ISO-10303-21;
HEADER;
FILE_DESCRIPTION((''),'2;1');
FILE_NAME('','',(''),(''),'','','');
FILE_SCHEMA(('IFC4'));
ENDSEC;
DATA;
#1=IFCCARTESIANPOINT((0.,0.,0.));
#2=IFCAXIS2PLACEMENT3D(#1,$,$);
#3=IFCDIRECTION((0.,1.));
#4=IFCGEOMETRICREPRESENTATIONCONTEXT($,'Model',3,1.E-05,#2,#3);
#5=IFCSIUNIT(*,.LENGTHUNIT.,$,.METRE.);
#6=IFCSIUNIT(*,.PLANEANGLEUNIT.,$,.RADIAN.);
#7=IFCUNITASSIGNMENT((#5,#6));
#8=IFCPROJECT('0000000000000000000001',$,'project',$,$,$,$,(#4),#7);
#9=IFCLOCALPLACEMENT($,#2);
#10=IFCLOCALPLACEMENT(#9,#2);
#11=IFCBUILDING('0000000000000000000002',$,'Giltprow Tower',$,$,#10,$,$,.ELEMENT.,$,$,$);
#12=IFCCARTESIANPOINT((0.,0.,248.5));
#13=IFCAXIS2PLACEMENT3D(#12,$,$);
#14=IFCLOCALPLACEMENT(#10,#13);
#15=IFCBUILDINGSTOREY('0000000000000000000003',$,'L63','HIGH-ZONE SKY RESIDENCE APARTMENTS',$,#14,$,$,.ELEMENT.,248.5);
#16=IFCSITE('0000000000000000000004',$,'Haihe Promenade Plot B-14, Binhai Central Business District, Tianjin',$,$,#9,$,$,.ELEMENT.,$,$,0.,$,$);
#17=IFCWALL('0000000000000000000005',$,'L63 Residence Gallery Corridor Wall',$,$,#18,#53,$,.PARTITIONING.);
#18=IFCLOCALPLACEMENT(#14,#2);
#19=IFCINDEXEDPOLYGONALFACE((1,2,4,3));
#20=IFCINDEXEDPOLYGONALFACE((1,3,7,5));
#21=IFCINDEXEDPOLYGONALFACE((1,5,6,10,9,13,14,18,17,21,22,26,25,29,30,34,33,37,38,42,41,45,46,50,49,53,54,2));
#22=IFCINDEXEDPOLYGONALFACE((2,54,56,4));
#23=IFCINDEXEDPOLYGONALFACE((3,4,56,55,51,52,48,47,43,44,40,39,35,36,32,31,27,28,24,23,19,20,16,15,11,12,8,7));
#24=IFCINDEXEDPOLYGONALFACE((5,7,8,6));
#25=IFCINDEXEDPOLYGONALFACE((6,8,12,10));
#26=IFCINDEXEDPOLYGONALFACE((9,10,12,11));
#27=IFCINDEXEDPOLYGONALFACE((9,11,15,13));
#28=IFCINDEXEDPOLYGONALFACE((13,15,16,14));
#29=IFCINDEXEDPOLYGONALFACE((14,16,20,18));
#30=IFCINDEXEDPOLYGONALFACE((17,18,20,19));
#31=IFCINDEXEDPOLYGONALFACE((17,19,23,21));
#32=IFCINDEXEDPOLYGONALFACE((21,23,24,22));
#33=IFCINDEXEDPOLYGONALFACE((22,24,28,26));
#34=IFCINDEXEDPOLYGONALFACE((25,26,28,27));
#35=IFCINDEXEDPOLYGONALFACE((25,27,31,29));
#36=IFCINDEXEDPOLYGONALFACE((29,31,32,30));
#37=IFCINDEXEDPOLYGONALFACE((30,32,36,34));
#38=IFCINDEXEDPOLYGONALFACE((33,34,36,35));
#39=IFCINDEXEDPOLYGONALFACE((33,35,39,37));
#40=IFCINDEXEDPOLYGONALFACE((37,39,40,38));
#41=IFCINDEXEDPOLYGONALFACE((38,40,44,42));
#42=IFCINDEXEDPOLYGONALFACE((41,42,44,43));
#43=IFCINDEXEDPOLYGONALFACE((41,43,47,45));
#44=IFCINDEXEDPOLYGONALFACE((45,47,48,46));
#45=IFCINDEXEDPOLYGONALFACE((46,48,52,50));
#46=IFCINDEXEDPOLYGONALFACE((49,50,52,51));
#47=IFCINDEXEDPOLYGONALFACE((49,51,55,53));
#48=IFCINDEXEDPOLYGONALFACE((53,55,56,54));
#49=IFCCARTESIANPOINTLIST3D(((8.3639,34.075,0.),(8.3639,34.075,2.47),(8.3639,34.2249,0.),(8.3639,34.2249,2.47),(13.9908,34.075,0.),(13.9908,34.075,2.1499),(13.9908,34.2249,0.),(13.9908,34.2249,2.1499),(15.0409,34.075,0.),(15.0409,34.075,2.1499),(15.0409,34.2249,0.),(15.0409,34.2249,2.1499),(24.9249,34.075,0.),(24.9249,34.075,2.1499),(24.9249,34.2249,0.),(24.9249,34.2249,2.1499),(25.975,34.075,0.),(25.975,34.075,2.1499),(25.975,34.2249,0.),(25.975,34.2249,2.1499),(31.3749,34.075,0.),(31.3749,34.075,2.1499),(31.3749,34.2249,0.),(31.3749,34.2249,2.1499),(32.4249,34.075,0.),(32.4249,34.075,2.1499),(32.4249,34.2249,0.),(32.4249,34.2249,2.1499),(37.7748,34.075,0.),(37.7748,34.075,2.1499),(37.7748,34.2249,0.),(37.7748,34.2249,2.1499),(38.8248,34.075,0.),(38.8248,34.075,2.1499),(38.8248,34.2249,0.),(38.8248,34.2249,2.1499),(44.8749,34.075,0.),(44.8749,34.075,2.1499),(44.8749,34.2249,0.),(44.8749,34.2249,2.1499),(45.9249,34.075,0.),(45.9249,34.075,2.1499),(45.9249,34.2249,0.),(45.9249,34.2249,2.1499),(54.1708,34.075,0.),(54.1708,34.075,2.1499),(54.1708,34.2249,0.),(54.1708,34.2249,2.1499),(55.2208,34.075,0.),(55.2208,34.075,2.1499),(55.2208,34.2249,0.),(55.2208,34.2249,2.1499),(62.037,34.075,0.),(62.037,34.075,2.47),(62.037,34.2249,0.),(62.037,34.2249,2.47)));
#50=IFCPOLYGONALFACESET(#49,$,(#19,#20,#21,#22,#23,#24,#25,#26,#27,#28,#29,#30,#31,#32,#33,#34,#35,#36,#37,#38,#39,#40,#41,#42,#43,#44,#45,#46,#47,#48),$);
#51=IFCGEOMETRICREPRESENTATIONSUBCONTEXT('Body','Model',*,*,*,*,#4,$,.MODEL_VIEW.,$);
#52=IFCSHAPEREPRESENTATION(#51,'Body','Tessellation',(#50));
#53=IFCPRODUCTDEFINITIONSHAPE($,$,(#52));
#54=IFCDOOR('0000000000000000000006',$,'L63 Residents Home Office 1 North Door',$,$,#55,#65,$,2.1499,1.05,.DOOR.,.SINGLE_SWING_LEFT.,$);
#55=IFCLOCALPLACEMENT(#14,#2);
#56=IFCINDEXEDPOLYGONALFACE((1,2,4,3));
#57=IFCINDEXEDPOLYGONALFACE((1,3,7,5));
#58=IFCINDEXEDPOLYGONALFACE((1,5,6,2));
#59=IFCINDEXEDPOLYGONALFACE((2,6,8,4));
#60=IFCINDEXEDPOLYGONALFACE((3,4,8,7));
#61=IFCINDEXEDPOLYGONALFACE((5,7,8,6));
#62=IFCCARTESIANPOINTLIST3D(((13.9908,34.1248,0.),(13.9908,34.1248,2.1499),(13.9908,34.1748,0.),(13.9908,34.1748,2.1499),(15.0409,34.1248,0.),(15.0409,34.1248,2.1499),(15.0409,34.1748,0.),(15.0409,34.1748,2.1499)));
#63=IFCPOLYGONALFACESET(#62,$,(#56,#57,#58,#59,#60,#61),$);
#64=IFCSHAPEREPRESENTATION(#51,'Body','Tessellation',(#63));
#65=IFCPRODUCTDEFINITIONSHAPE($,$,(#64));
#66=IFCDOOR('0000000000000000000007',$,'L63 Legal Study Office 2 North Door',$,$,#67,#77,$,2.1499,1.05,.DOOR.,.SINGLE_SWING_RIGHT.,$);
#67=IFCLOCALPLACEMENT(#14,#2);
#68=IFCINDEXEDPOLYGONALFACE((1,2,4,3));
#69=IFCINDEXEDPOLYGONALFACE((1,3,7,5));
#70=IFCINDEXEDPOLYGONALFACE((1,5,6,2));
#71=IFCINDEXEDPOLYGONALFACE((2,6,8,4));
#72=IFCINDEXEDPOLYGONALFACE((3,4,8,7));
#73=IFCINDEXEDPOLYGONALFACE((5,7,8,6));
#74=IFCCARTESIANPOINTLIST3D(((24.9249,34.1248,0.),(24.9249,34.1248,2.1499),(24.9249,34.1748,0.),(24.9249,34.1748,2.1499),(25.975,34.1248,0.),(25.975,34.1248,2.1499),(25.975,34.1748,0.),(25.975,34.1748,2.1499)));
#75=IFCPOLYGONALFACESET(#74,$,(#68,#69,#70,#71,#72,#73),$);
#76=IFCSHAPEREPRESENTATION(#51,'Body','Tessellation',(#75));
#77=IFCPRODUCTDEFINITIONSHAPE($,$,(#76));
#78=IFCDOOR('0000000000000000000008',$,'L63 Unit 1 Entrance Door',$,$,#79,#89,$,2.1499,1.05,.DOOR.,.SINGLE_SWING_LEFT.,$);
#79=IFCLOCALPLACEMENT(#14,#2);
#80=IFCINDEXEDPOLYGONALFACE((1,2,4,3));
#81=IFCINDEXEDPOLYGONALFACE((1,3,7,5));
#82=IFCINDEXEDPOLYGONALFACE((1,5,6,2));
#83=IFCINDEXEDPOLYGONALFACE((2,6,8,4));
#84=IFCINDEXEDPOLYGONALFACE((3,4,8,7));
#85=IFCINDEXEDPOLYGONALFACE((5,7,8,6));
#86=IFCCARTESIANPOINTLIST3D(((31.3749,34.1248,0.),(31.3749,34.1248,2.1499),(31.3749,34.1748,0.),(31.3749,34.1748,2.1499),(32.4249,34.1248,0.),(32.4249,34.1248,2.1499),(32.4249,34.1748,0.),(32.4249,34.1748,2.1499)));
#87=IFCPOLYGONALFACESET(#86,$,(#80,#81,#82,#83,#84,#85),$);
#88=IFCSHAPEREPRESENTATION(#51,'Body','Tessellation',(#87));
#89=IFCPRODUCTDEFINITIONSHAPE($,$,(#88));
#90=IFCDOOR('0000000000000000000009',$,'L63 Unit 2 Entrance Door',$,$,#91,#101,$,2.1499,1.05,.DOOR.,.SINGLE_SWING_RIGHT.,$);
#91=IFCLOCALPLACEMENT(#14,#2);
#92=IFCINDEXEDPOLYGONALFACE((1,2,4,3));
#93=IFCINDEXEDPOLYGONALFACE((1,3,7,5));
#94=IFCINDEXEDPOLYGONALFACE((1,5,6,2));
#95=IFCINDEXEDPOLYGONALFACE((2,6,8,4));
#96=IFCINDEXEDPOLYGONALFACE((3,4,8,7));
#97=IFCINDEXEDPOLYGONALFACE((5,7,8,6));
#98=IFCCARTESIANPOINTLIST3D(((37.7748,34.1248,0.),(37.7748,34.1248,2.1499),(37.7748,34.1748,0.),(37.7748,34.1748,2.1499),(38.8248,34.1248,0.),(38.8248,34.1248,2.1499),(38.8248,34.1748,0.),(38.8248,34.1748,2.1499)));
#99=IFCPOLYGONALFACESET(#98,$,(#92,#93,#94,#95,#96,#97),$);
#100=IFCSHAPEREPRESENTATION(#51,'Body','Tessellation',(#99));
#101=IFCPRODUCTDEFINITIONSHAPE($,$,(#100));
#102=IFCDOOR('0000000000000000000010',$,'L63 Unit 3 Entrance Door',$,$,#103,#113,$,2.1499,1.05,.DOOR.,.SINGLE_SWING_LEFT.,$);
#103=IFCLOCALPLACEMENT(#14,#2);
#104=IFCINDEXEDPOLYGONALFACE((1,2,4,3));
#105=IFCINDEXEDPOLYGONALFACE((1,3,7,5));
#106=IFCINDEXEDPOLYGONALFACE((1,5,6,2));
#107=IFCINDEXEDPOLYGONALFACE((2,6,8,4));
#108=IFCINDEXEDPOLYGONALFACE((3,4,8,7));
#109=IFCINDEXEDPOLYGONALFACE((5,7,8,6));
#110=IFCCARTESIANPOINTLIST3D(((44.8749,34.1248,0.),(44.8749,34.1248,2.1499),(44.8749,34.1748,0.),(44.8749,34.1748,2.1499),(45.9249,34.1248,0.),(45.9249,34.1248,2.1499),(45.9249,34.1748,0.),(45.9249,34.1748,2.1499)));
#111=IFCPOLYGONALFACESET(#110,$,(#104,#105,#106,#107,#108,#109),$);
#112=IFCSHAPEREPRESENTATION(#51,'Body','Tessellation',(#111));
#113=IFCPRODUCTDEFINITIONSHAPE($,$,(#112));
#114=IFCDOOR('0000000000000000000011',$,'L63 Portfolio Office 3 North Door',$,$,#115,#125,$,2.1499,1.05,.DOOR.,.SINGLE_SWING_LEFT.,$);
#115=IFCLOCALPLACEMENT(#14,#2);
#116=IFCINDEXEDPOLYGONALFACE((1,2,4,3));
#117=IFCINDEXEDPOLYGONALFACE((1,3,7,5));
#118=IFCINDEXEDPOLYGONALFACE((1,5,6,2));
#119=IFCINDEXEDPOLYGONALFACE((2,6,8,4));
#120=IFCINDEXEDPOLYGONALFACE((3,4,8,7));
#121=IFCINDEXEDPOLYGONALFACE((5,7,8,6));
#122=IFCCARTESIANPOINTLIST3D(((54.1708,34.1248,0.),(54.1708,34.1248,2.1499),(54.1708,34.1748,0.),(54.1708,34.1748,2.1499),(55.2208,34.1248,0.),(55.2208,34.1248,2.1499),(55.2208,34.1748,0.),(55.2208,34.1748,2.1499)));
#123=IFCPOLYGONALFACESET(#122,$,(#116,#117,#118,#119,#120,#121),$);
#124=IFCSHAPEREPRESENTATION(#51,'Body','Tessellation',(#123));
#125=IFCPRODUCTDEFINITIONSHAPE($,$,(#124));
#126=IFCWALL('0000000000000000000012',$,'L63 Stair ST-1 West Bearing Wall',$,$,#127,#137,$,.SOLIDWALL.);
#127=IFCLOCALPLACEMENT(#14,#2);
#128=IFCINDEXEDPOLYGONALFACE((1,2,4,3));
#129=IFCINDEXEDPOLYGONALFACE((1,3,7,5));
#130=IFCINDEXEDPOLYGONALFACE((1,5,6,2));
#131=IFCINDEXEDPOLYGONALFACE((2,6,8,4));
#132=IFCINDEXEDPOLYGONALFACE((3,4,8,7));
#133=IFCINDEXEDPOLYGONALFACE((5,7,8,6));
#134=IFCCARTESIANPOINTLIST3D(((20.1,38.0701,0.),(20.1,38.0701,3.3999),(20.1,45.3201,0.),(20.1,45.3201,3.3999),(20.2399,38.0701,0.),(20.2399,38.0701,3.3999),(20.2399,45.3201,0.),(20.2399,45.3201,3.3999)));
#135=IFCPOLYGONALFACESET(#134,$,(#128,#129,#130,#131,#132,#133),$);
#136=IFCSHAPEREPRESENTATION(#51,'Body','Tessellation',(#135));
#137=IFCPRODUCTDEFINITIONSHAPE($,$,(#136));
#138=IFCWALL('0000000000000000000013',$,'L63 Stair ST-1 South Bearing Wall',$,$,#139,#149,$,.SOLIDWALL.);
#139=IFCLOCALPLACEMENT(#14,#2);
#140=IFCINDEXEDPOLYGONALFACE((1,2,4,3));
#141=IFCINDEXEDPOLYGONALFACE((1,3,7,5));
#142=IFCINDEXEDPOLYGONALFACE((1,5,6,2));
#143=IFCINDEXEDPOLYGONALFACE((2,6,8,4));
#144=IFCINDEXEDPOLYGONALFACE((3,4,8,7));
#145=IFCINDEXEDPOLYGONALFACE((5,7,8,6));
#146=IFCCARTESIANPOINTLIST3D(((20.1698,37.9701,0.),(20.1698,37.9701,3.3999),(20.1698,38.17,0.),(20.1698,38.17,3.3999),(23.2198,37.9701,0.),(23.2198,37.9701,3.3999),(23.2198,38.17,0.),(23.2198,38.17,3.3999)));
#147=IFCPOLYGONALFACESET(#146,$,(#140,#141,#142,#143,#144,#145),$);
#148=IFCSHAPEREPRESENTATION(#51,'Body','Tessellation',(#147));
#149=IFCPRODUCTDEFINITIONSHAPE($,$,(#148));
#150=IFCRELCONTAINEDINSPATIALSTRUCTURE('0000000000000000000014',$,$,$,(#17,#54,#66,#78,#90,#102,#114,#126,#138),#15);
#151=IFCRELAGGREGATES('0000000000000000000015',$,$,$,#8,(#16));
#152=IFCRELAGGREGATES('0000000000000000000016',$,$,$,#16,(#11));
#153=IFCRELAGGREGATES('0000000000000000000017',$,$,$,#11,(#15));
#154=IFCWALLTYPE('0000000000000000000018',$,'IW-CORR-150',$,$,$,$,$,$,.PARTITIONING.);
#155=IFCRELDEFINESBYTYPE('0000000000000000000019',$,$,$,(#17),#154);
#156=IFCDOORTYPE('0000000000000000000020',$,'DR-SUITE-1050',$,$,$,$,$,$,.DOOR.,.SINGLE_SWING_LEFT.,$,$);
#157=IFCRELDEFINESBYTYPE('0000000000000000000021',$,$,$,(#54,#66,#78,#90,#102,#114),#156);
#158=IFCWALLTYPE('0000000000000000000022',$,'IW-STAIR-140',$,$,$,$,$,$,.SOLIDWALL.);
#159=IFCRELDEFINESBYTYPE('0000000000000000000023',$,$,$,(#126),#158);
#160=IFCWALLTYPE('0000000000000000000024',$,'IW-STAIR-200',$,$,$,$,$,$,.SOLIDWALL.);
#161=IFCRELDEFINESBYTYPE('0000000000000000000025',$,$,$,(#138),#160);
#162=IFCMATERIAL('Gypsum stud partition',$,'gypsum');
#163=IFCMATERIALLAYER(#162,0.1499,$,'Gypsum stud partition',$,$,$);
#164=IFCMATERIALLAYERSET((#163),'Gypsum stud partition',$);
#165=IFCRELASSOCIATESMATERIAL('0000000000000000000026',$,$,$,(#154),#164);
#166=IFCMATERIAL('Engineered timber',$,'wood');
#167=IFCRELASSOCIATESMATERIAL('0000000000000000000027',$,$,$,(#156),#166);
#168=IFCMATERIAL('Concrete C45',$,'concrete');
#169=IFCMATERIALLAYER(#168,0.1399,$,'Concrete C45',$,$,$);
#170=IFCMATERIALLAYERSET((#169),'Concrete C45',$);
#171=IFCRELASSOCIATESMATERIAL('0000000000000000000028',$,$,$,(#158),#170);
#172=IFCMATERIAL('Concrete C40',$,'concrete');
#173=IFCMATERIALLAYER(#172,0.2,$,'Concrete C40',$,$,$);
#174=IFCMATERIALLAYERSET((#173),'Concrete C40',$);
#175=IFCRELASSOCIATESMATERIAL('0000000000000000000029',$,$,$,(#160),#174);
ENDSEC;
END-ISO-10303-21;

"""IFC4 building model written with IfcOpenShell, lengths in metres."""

from ifc_helpers import new_model, si_unit, direction, frame, frame_2d, origin, place, context, subcontext, project, spatial, rectangle, extrude, source, transform, mapped, material, layer, layer_set, type_object, element, fill, save


model = new_model("IFC4")

# Units and contexts
model_context = context("Model", 3, precision=1e-05, world=origin(), true_north=direction((0.0, 1.0)))
body_context = subcontext(model_context, "Body", "Model", "MODEL_VIEW")
ifc_project = project(units=[si_unit("LENGTHUNIT", "METRE"), si_unit("PLANEANGLEUNIT", "RADIAN")], contexts=[model_context])

# Site, building, storey
site_placement = place(None, origin())
site = spatial("IfcSite", under=ifc_project, at=site_placement, Name="Haihe Promenade Plot B-14, Binhai Central Business District, Tianjin", CompositionType="ELEMENT", RefElevation=0.0)
building_placement = place(site_placement, origin())
building = spatial("IfcBuilding", under=site, at=building_placement, Name="Giltprow Tower", CompositionType="ELEMENT")
storey_placement = place(building_placement, frame((0.0, 0.0, 248.5)))
storey = spatial("IfcBuildingStorey", under=building, at=storey_placement, Name="L63", Description="HIGH-ZONE SKY RESIDENCE APARTMENTS", CompositionType="ELEMENT", Elevation=248.5)

# Wall, openings, doors
ifc_material_1 = material(Name="Gypsum stud partition", Category="gypsum")
ifc_layer_1 = layer(ifc_material_1, 0.1499, Name="Gypsum stud partition")
ifc_layer_set_1 = layer_set([ifc_layer_1], Name="Gypsum stud partition")
wall_type_1 = type_object("IfcWallType", Name="IW-CORR-150", PredefinedType="PARTITIONING", material=ifc_layer_set_1)
wall_1_placement = place(storey_placement, frame((8.364, 34.1499, 0.0), z_axis=(0.0, 0.0, 1.0), x_axis=(1.0, 0.0, 0.0)))
wall_1 = element("IfcWall", 1, at=wall_1_placement, inside=storey, type_object=wall_type_1, Name="L63 Residence Gallery Corridor Wall", PredefinedType="PARTITIONING", context=body_context, shape_type="SweptSolid", body=[
    extrude(rectangle(XDim=53.6731, YDim=0.1499, at=frame_2d((26.8364, 0.0))), origin(), (0.0, 0.0, 1.0), 2.47),
])
opening_1_placement = place(wall_1_placement, frame((5.627, 0.0, 0.0)))
opening_1 = element("IfcOpeningElement", 2, at=opening_1_placement, cuts=wall_1, PredefinedType="OPENING", context=body_context, shape_type="SweptSolid", body=[
    extrude(rectangle(XDim=1.05, YDim=2.1499, at=frame_2d((0.5249, 1.075))), frame((0.0, 0.085, 0.0), z_axis=(0.0, -1.0, 0.0), x_axis=(1.0, 0.0, 0.0)), (0.0, 0.0, 1.0), 0.1699),
])
opening_2_placement = place(wall_1_placement, frame((16.561, 0.0, 0.0)))
opening_2 = element("IfcOpeningElement", 3, at=opening_2_placement, cuts=wall_1, PredefinedType="OPENING", context=body_context, shape_type="SweptSolid", body=[
    extrude(rectangle(XDim=1.05, YDim=2.1499, at=frame_2d((0.5249, 1.075))), frame((0.0, 0.085, 0.0), z_axis=(0.0, -1.0, 0.0), x_axis=(1.0, 0.0, 0.0)), (0.0, 0.0, 1.0), 0.1699),
])
opening_3_placement = place(wall_1_placement, frame((23.011, 0.0, 0.0)))
opening_3 = element("IfcOpeningElement", 4, at=opening_3_placement, cuts=wall_1, PredefinedType="OPENING", context=body_context, shape_type="SweptSolid", body=[
    extrude(rectangle(XDim=1.05, YDim=2.1499, at=frame_2d((0.5249, 1.075))), frame((0.0, 0.085, 0.0), z_axis=(0.0, -1.0, 0.0), x_axis=(1.0, 0.0, 0.0)), (0.0, 0.0, 1.0), 0.1699),
])
opening_4_placement = place(wall_1_placement, frame((29.4109, 0.0, 0.0)))
opening_4 = element("IfcOpeningElement", 5, at=opening_4_placement, cuts=wall_1, PredefinedType="OPENING", context=body_context, shape_type="SweptSolid", body=[
    extrude(rectangle(XDim=1.05, YDim=2.1499, at=frame_2d((0.5249, 1.075))), frame((0.0, 0.085, 0.0), z_axis=(0.0, -1.0, 0.0), x_axis=(1.0, 0.0, 0.0)), (0.0, 0.0, 1.0), 0.1699),
])
opening_5_placement = place(wall_1_placement, frame((36.511, 0.0, 0.0)))
opening_5 = element("IfcOpeningElement", 6, at=opening_5_placement, cuts=wall_1, PredefinedType="OPENING", context=body_context, shape_type="SweptSolid", body=[
    extrude(rectangle(XDim=1.05, YDim=2.1499, at=frame_2d((0.5249, 1.075))), frame((0.0, 0.085, 0.0), z_axis=(0.0, -1.0, 0.0), x_axis=(1.0, 0.0, 0.0)), (0.0, 0.0, 1.0), 0.1699),
])
opening_6_placement = place(wall_1_placement, frame((45.8069, 0.0, 0.0)))
opening_6 = element("IfcOpeningElement", 7, at=opening_6_placement, cuts=wall_1, PredefinedType="OPENING", context=body_context, shape_type="SweptSolid", body=[
    extrude(rectangle(XDim=1.05, YDim=2.1499, at=frame_2d((0.5249, 1.075))), frame((0.0, 0.085, 0.0), z_axis=(0.0, -1.0, 0.0), x_axis=(1.0, 0.0, 0.0)), (0.0, 0.0, 1.0), 0.1699),
])
ifc_material_2 = material(Name="Engineered timber", Category="wood")
door_type_1 = type_object("IfcDoorType", Name="DR-SUITE-1050", OperationType="SINGLE_SWING_LEFT", PredefinedType="DOOR", material=ifc_material_2)
shared_shape_1 = source(origin(), body_context, "Body", "SweptSolid", [
    extrude(rectangle(XDim=1.05, YDim=2.1499, at=frame_2d((0.5249, 1.075))), frame((0.0, 0.0249, 0.0), z_axis=(0.0, -1.0, 0.0), x_axis=(1.0, 0.0, 0.0)), (0.0, 0.0, 1.0), 0.05),
])
door_1_placement = place(opening_1_placement, origin())
door_1 = element("IfcDoor", 8, at=door_1_placement, inside=storey, type_object=door_type_1, Name="L63 Residents Home Office 1 North Door", OperationType="SINGLE_SWING_LEFT", OverallHeight=2.1499, OverallWidth=1.05, PredefinedType="DOOR", context=body_context, shape_type="MappedRepresentation", body=[
    mapped(shared_shape_1, transform((0.0, 0.0, 0.0), x_axis=(1.0, 0.0, 0.0), y_axis=(0.0, 1.0, 0.0), z_axis=(0.0, 0.0, 1.0), scale=1.0)),
])
fill(opening_1, door_1)
door_2_placement = place(opening_2_placement, origin())
door_2 = element("IfcDoor", 9, at=door_2_placement, inside=storey, type_object=door_type_1, Name="L63 Legal Study Office 2 North Door", OperationType="SINGLE_SWING_RIGHT", OverallHeight=2.1499, OverallWidth=1.05, PredefinedType="DOOR", context=body_context, shape_type="MappedRepresentation", body=[
    mapped(shared_shape_1, transform((0.0, 0.0, 0.0), x_axis=(1.0, 0.0, 0.0), y_axis=(0.0, 1.0, 0.0), z_axis=(0.0, 0.0, 1.0), scale=1.0)),
])
fill(opening_2, door_2)
door_3_placement = place(opening_3_placement, origin())
door_3 = element("IfcDoor", 10, at=door_3_placement, inside=storey, type_object=door_type_1, Name="L63 Unit 1 Entrance Door", OperationType="SINGLE_SWING_LEFT", OverallHeight=2.1499, OverallWidth=1.05, PredefinedType="DOOR", context=body_context, shape_type="MappedRepresentation", body=[
    mapped(shared_shape_1, transform((0.0, 0.0, 0.0), x_axis=(1.0, 0.0, 0.0), y_axis=(0.0, 1.0, 0.0), z_axis=(0.0, 0.0, 1.0), scale=1.0)),
])
fill(opening_3, door_3)
door_4_placement = place(opening_4_placement, origin())
door_4 = element("IfcDoor", 11, at=door_4_placement, inside=storey, type_object=door_type_1, Name="L63 Unit 2 Entrance Door", OperationType="SINGLE_SWING_RIGHT", OverallHeight=2.1499, OverallWidth=1.05, PredefinedType="DOOR", context=body_context, shape_type="MappedRepresentation", body=[
    mapped(shared_shape_1, transform((0.0, 0.0, 0.0), x_axis=(1.0, 0.0, 0.0), y_axis=(0.0, 1.0, 0.0), z_axis=(0.0, 0.0, 1.0), scale=1.0)),
])
fill(opening_4, door_4)
door_5_placement = place(opening_5_placement, origin())
door_5 = element("IfcDoor", 12, at=door_5_placement, inside=storey, type_object=door_type_1, Name="L63 Unit 3 Entrance Door", OperationType="SINGLE_SWING_LEFT", OverallHeight=2.1499, OverallWidth=1.05, PredefinedType="DOOR", context=body_context, shape_type="MappedRepresentation", body=[
    mapped(shared_shape_1, transform((0.0, 0.0, 0.0), x_axis=(1.0, 0.0, 0.0), y_axis=(0.0, 1.0, 0.0), z_axis=(0.0, 0.0, 1.0), scale=1.0)),
])
fill(opening_5, door_5)
door_6_placement = place(opening_6_placement, origin())
door_6 = element("IfcDoor", 13, at=door_6_placement, inside=storey, type_object=door_type_1, Name="L63 Portfolio Office 3 North Door", OperationType="SINGLE_SWING_LEFT", OverallHeight=2.1499, OverallWidth=1.05, PredefinedType="DOOR", context=body_context, shape_type="MappedRepresentation", body=[
    mapped(shared_shape_1, transform((0.0, 0.0, 0.0), x_axis=(1.0, 0.0, 0.0), y_axis=(0.0, 1.0, 0.0), z_axis=(0.0, 0.0, 1.0), scale=1.0)),
])
fill(opening_6, door_6)

# Walls
ifc_material_3 = material(Name="Concrete C45", Category="concrete")
ifc_layer_2 = layer(ifc_material_3, 0.1399, Name="Concrete C45")
ifc_layer_set_2 = layer_set([ifc_layer_2], Name="Concrete C45")
wall_type_2 = type_object("IfcWallType", Name="IW-STAIR-140", PredefinedType="SOLIDWALL", material=ifc_layer_set_2)
wall_2_placement = place(storey_placement, frame((20.1699, 38.0701, 0.0), z_axis=(0.0, 0.0, 1.0), x_axis=(0.0, 1.0, 0.0)))
element("IfcWall", 14, at=wall_2_placement, inside=storey, type_object=wall_type_2, Name="L63 Stair ST-1 West Bearing Wall", PredefinedType="SOLIDWALL", context=body_context, shape_type="SweptSolid", body=[
    extrude(rectangle(XDim=7.25, YDim=0.1399, at=frame_2d((3.625, 0.0))), origin(), (0.0, 0.0, 1.0), 3.3999),
])
ifc_material_4 = material(Name="Concrete C40", Category="concrete")
ifc_layer_3 = layer(ifc_material_4, 0.2, Name="Concrete C40")
ifc_layer_set_3 = layer_set([ifc_layer_3], Name="Concrete C40")
wall_type_3 = type_object("IfcWallType", Name="IW-STAIR-200", PredefinedType="SOLIDWALL", material=ifc_layer_set_3)
wall_3_placement = place(storey_placement, frame((20.1699, 38.0701, 0.0), z_axis=(0.0, 0.0, 1.0), x_axis=(1.0, 0.0, 0.0)))
element("IfcWall", 15, at=wall_3_placement, inside=storey, type_object=wall_type_3, Name="L63 Stair ST-1 South Bearing Wall", PredefinedType="SOLIDWALL", context=body_context, shape_type="SweptSolid", body=[
    extrude(rectangle(XDim=3.05, YDim=0.2, at=frame_2d((1.5249, 0.0))), origin(), (0.0, 0.0, 1.0), 3.3999),
])

save(model, "model.ifc")
